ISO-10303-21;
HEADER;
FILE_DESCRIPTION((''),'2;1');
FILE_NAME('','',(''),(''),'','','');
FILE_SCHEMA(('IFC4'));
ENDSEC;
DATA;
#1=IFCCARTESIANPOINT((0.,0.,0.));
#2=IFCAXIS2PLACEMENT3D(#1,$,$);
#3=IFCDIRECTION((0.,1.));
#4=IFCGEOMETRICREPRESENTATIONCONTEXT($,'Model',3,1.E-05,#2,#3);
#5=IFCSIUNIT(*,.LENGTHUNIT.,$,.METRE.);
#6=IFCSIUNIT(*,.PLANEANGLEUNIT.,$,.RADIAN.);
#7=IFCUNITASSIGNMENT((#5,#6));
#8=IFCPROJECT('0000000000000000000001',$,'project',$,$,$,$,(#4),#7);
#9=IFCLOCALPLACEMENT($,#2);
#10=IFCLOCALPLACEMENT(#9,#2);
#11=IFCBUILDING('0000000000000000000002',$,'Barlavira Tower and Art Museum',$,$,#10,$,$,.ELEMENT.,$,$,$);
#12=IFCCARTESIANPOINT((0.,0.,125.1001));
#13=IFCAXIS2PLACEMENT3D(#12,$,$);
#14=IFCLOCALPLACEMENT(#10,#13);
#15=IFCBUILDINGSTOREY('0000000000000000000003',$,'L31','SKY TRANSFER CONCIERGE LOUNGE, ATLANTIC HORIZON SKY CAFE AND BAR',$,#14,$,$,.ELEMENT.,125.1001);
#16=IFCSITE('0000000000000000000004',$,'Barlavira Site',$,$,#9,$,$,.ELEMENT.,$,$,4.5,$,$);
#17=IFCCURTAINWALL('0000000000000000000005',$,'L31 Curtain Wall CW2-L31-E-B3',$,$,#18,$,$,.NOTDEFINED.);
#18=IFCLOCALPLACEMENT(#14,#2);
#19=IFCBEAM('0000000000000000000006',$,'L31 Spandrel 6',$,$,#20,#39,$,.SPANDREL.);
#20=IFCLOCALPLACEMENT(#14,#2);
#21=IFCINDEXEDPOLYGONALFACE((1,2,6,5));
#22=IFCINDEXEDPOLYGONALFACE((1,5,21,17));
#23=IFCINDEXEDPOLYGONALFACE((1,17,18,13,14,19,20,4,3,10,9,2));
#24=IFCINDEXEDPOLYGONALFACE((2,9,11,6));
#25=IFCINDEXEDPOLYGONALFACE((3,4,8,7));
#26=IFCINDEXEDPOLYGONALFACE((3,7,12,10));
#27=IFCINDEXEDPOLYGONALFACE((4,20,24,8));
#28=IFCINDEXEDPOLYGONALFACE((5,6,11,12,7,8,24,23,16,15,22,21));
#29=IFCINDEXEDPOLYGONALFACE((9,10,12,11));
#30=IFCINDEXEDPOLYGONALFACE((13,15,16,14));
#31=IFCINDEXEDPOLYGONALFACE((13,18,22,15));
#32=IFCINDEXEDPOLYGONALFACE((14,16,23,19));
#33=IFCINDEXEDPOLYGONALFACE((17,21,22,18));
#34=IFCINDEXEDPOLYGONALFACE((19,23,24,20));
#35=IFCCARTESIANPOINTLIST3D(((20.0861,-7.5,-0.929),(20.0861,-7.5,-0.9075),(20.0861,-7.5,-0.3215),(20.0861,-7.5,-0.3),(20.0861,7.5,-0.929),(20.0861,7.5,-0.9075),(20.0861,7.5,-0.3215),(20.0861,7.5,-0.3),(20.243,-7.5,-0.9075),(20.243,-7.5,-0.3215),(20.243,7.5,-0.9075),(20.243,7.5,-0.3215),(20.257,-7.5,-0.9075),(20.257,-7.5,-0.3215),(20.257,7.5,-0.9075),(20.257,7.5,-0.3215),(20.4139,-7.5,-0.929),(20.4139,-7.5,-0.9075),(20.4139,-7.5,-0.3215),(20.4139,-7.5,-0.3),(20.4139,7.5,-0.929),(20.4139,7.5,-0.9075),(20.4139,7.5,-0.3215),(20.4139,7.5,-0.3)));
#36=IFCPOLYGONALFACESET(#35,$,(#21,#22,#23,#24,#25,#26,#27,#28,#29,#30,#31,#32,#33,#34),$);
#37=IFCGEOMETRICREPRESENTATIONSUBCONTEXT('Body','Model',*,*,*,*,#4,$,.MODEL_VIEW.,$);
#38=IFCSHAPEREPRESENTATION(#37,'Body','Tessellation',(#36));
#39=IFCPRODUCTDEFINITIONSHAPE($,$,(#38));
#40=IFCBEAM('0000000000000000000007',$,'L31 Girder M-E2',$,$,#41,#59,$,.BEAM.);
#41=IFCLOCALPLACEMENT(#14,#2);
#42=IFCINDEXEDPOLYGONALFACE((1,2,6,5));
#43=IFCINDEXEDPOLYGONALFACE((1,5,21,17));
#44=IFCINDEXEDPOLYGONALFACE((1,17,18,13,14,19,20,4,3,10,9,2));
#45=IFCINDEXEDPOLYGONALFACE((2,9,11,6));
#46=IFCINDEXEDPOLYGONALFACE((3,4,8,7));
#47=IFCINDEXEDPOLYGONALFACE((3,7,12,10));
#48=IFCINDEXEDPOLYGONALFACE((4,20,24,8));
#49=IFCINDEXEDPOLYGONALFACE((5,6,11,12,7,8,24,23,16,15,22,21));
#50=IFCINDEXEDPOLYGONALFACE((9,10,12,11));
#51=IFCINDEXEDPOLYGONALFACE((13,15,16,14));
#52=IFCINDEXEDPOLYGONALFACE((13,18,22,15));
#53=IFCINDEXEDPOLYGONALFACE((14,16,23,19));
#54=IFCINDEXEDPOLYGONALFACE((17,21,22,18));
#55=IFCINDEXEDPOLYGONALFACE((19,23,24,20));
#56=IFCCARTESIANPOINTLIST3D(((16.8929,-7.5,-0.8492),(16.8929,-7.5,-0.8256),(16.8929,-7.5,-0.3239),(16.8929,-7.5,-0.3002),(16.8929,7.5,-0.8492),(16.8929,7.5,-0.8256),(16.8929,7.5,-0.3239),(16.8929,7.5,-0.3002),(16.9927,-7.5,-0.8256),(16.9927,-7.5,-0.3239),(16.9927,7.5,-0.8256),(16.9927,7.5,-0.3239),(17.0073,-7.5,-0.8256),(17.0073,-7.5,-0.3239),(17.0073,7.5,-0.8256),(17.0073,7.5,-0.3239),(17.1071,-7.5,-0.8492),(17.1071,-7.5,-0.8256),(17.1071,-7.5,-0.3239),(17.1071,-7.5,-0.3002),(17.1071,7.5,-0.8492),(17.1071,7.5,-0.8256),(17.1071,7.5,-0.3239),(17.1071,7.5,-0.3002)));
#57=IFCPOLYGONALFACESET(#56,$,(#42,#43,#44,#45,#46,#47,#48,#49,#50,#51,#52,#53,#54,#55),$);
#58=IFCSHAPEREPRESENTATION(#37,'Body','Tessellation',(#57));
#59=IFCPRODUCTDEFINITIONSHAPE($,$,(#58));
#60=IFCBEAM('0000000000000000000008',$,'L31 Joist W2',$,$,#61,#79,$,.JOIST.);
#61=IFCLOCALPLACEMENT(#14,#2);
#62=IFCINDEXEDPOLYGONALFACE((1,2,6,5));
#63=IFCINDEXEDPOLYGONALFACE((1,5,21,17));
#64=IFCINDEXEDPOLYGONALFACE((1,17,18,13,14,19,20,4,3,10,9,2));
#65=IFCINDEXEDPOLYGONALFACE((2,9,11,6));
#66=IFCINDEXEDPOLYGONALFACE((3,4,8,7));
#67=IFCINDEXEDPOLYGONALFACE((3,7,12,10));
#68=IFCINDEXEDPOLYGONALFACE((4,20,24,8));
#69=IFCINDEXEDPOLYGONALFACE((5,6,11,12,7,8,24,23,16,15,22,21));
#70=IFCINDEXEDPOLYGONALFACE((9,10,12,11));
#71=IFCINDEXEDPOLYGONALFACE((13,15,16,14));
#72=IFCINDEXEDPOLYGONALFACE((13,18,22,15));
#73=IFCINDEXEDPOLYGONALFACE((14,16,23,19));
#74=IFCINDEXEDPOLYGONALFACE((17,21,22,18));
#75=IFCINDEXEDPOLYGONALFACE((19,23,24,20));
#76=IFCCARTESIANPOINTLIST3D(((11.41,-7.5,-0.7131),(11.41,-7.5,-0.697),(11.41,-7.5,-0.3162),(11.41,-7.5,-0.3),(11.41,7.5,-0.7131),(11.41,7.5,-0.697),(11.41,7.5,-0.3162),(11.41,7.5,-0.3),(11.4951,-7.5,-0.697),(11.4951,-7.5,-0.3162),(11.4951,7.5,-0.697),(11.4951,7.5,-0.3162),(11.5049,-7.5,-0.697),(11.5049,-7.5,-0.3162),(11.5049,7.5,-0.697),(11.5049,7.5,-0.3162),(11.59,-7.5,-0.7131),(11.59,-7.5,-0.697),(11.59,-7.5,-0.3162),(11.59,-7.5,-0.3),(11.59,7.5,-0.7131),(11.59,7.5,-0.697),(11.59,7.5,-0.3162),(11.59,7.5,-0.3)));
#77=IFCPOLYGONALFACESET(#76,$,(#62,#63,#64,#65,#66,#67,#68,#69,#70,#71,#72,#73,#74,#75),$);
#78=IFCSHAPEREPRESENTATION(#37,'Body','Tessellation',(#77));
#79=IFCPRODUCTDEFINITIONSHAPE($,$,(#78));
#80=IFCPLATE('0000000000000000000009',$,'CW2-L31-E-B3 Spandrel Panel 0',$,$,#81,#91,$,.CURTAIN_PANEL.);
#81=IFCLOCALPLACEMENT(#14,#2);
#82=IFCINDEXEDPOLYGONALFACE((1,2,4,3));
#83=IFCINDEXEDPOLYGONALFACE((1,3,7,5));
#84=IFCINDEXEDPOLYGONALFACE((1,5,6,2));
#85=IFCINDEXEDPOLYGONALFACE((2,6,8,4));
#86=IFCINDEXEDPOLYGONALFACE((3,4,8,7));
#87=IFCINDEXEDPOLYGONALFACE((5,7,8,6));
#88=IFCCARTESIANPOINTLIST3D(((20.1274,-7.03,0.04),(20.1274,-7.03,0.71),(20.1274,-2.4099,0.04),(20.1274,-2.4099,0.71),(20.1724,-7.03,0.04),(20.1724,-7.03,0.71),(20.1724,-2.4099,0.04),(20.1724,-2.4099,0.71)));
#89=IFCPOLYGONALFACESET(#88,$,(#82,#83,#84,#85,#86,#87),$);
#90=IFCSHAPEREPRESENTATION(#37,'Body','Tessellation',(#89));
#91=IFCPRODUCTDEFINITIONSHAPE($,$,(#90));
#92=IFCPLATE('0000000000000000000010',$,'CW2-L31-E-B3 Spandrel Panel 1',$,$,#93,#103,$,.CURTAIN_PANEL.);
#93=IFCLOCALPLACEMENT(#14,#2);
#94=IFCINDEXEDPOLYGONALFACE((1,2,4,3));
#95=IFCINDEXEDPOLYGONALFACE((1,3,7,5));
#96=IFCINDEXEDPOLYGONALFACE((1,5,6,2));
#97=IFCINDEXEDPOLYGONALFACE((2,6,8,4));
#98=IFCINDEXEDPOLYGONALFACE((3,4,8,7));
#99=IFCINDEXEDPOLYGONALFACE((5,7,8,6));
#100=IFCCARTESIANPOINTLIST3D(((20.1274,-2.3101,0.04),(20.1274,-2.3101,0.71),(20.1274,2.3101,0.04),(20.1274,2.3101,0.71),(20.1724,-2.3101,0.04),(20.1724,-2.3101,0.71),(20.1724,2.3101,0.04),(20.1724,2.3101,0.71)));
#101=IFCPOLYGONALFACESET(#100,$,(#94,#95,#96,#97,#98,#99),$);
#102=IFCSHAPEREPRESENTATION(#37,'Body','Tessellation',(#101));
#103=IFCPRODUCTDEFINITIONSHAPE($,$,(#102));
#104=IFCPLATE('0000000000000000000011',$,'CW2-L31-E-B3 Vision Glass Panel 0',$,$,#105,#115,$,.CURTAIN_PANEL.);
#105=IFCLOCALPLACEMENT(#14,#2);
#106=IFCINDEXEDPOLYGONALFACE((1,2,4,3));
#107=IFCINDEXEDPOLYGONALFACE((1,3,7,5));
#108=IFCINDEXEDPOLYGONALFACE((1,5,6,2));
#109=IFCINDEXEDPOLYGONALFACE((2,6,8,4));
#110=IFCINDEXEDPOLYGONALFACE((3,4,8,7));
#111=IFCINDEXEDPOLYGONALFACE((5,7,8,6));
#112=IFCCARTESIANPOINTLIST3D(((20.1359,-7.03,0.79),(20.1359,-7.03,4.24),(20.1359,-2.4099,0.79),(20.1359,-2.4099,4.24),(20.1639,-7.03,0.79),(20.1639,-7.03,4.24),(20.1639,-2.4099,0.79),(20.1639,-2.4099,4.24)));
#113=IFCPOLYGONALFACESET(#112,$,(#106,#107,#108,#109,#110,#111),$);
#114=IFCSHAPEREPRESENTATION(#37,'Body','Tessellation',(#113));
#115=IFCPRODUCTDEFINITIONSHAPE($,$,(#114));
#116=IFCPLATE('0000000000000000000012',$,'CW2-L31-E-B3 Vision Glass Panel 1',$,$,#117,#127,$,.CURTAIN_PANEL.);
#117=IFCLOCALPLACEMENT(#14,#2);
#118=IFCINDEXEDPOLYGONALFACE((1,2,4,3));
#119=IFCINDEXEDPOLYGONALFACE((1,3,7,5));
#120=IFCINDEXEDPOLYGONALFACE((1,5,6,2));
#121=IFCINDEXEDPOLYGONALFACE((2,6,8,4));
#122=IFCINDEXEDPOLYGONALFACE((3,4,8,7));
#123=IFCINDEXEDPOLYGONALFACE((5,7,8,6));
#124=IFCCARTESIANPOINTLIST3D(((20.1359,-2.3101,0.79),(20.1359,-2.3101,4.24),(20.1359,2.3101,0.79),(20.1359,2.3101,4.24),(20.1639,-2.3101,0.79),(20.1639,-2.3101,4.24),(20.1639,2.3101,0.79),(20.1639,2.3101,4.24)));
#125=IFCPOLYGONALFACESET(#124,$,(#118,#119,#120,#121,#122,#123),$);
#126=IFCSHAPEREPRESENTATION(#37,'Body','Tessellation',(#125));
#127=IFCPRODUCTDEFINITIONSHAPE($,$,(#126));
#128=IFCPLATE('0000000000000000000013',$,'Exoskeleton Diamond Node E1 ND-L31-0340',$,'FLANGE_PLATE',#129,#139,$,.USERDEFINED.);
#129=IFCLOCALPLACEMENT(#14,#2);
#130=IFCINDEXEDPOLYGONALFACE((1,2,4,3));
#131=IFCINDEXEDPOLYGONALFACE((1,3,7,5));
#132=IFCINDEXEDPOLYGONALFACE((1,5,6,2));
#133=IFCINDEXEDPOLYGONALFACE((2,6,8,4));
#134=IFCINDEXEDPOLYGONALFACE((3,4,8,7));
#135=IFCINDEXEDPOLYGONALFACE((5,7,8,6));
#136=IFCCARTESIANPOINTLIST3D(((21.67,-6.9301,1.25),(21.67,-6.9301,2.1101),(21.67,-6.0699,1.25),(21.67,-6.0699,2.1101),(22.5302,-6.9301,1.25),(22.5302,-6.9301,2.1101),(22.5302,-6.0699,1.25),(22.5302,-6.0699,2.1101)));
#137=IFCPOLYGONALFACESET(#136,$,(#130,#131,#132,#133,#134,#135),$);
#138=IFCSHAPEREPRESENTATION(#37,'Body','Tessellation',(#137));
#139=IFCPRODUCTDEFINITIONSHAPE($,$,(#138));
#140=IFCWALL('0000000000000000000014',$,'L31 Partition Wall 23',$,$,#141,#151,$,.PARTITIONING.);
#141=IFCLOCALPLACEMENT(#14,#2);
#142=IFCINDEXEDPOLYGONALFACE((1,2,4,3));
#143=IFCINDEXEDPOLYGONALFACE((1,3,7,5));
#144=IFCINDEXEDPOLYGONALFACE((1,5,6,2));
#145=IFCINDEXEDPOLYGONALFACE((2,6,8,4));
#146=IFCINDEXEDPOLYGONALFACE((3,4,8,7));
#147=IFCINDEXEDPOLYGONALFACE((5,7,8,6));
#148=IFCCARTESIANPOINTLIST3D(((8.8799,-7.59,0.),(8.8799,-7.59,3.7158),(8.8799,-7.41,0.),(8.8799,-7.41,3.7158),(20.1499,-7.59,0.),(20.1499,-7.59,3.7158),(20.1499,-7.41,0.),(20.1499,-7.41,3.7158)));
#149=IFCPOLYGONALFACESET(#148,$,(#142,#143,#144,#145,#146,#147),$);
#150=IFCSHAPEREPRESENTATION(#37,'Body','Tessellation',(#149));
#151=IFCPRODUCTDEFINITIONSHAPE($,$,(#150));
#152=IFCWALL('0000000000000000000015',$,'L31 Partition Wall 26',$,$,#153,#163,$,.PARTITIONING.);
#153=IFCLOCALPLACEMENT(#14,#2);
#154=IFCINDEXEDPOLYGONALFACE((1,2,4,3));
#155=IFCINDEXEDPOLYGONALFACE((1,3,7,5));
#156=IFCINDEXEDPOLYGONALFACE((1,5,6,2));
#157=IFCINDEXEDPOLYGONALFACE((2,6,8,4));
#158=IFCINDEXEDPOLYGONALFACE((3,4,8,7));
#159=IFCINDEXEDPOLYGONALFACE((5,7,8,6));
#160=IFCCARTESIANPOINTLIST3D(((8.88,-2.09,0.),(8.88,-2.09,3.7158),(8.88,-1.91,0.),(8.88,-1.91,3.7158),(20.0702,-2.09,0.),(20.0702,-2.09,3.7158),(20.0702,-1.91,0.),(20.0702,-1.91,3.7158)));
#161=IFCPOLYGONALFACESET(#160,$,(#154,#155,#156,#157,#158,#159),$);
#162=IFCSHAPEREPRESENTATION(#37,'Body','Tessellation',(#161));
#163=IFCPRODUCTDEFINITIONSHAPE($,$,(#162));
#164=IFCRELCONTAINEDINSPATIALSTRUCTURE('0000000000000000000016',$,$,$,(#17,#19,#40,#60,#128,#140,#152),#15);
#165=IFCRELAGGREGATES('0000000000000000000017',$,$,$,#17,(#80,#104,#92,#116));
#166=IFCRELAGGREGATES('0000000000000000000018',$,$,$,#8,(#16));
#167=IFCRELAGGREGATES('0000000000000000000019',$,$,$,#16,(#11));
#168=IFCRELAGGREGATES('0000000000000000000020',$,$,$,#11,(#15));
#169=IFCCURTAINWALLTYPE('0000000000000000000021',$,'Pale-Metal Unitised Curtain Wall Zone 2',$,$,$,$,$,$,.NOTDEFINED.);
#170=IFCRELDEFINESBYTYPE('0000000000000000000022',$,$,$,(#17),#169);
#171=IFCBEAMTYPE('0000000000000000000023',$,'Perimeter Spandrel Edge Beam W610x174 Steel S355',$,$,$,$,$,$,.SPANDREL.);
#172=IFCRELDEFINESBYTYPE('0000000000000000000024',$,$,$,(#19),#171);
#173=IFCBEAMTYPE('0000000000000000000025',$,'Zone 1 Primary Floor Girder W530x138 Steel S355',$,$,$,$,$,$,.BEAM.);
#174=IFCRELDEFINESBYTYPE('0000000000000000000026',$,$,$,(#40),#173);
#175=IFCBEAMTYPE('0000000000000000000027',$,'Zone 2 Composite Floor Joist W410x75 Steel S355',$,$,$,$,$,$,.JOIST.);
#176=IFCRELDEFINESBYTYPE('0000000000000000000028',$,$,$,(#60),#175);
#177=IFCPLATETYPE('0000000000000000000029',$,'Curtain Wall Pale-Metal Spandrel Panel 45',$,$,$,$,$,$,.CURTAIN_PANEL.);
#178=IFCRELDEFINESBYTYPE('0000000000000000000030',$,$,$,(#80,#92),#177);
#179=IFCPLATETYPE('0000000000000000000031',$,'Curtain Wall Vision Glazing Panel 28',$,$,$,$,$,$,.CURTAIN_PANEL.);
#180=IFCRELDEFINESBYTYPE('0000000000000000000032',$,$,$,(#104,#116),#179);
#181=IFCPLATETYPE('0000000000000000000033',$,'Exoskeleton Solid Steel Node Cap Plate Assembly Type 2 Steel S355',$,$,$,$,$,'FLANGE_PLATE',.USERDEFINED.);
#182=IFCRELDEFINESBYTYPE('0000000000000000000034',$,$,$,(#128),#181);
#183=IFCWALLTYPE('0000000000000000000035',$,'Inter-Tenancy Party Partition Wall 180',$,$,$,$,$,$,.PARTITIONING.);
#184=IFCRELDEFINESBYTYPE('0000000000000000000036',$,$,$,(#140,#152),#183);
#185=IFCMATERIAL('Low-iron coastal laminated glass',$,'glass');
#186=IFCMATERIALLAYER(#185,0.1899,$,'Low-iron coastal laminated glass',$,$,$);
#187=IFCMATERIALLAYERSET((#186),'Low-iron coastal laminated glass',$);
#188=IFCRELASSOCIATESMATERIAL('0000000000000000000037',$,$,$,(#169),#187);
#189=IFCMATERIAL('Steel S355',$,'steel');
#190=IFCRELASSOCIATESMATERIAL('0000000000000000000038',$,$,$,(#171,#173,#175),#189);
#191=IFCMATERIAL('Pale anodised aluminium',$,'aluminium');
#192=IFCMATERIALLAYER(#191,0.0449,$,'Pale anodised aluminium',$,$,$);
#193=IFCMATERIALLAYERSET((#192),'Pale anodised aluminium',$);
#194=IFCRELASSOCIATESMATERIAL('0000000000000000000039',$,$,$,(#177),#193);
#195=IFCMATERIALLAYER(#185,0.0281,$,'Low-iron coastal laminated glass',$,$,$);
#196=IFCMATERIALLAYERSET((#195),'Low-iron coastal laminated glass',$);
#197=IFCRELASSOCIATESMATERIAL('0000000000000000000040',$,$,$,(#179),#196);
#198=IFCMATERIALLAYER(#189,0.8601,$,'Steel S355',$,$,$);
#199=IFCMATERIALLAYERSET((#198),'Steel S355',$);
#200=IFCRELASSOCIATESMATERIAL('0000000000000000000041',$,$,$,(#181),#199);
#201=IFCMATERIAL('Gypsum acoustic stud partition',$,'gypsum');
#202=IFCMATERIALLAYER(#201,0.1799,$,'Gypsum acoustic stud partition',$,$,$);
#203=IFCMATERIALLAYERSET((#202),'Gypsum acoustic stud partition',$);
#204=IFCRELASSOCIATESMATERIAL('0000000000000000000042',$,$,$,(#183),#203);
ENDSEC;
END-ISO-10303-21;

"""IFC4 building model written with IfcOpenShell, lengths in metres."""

from ifc_helpers import new_model, si_unit, direction, frame, frame_2d, origin, origin_2d, place, context, subcontext, project, spatial, rectangle, i_section, extrude, material, layer, layer_set, material_profile, profile_set, type_object, element, aggregate, save


model = new_model("IFC4")

# Units and contexts
model_context = context("Model", 3, precision=1e-05, world=origin(), true_north=direction((0.0, 1.0)))
body_context = subcontext(model_context, "Body", "Model", "MODEL_VIEW")
ifc_project = project(units=[si_unit("LENGTHUNIT", "METRE"), si_unit("PLANEANGLEUNIT", "RADIAN")], contexts=[model_context])

# Site, building, storey
site_placement = place(None, origin())
site = spatial("IfcSite", under=ifc_project, at=site_placement, Name="Barlavira Site", CompositionType="ELEMENT", RefElevation=4.5)
building_placement = place(site_placement, origin())
building = spatial("IfcBuilding", under=site, at=building_placement, Name="Barlavira Tower and Art Museum", CompositionType="ELEMENT")
storey_placement = place(building_placement, frame((0.0, 0.0, 125.1001)))
storey = spatial("IfcBuildingStorey", under=building, at=storey_placement, Name="L31", Description="SKY TRANSFER CONCIERGE LOUNGE, ATLANTIC HORIZON SKY CAFE AND BAR", CompositionType="ELEMENT", Elevation=125.1001)

# Curtain wall
ifc_material_1 = material(Name="Low-iron coastal laminated glass", Category="glass")
ifc_layer_1 = layer(ifc_material_1, 0.1899, Name="Low-iron coastal laminated glass")
ifc_layer_set_1 = layer_set([ifc_layer_1], Name="Low-iron coastal laminated glass")
curtain_wall_type = type_object("IfcCurtainWallType", Name="Pale-Metal Unitised Curtain Wall Zone 2", PredefinedType="NOTDEFINED", material=ifc_layer_set_1)
curtain_wall_placement = place(storey_placement, origin())
curtain_wall = element("IfcCurtainWall", 1, at=curtain_wall_placement, inside=storey, type_object=curtain_wall_type, Name="L31 Curtain Wall CW2-L31-E-B3", PredefinedType="NOTDEFINED")
ifc_material_2 = material(Name="Pale anodised aluminium", Category="aluminium")

# Beams
ifc_material_3 = material(Name="Steel S355", Category="steel")
ifc_material_profile_1 = material_profile(ifc_material_3, i_section(OverallWidth=0.3279, OverallDepth=0.6289, WebThickness=0.0139, FlangeThickness=0.0215, at=origin_2d()), Name="W610x174.0")
ifc_profile_set_1 = profile_set([ifc_material_profile_1], Name="Steel S355")
beam_type_1 = type_object("IfcBeamType", Name="Perimeter Spandrel Edge Beam W610x174 Steel S355", PredefinedType="SPANDREL", material=ifc_profile_set_1)
beam_1_placement = place(storey_placement, frame((20.25, -7.5, -0.6145), z_axis=(0.0, 1.0, 0.0), x_axis=(-1.0, 0.0, 0.0)))
element("IfcBeam", 2, at=beam_1_placement, inside=storey, type_object=beam_type_1, Name="L31 Spandrel 6", PredefinedType="SPANDREL", context=body_context, shape_type="SweptSolid", body=[
    extrude(i_section(OverallWidth=0.3279, OverallDepth=0.6289, WebThickness=0.0139, FlangeThickness=0.0215, at=origin_2d()), origin(), (0.0, 0.0, 1.0), 15.0),
])
ifc_material_profile_2 = material_profile(ifc_material_3, i_section(OverallWidth=0.2141, OverallDepth=0.5491, WebThickness=0.0146, FlangeThickness=0.0237, at=origin_2d()), Name="W530x138.0")
ifc_profile_set_2 = profile_set([ifc_material_profile_2], Name="Steel S355")
beam_type_2 = type_object("IfcBeamType", Name="Zone 1 Primary Floor Girder W530x138 Steel S355", PredefinedType="BEAM", material=ifc_profile_set_2)
beam_2_placement = place(storey_placement, frame((17.0, -7.5, -0.5747), z_axis=(0.0, 1.0, 0.0), x_axis=(-1.0, 0.0, 0.0)))
element("IfcBeam", 3, at=beam_2_placement, inside=storey, type_object=beam_type_2, Name="L31 Girder M-E2", PredefinedType="BEAM", context=body_context, shape_type="SweptSolid", body=[
    extrude(i_section(OverallWidth=0.2141, OverallDepth=0.5491, WebThickness=0.0146, FlangeThickness=0.0237, at=origin_2d()), origin(), (0.0, 0.0, 1.0), 15.0),
])
ifc_material_profile_3 = material_profile(ifc_material_3, i_section(OverallWidth=0.1799, OverallDepth=0.4131, WebThickness=0.0098, FlangeThickness=0.0161, at=origin_2d()), Name="W410x75.0")
ifc_profile_set_3 = profile_set([ifc_material_profile_3], Name="Steel S355")
beam_type_3 = type_object("IfcBeamType", Name="Zone 2 Composite Floor Joist W410x75 Steel S355", PredefinedType="JOIST", material=ifc_profile_set_3)
beam_3_placement = place(storey_placement, frame((11.5, -7.5, -0.5066), z_axis=(0.0, 1.0, 0.0), x_axis=(-1.0, 0.0, 0.0)))
element("IfcBeam", 4, at=beam_3_placement, inside=storey, type_object=beam_type_3, Name="L31 Joist W2", PredefinedType="JOIST", context=body_context, shape_type="SweptSolid", body=[
    extrude(i_section(OverallWidth=0.1799, OverallDepth=0.4131, WebThickness=0.0098, FlangeThickness=0.0161, at=origin_2d()), origin(), (0.0, 0.0, 1.0), 15.0),
])

# Plates
ifc_layer_2 = layer(ifc_material_2, 0.0449, Name="Pale anodised aluminium")
ifc_layer_set_2 = layer_set([ifc_layer_2], Name="Pale anodised aluminium")
plate_type_1 = type_object("IfcPlateType", Name="Curtain Wall Pale-Metal Spandrel Panel 45", PredefinedType="CURTAIN_PANEL", material=ifc_layer_set_2)
plate_1_placement = place(storey_placement, frame((20.1499, -4.72, 0.04), z_axis=(0.0, 0.0, 1.0), x_axis=(0.0, 1.0, 0.0)))
plate_1 = element("IfcPlate", 5, at=plate_1_placement, type_object=plate_type_1, Name="CW2-L31-E-B3 Spandrel Panel 0", PredefinedType="CURTAIN_PANEL", context=body_context, shape_type="SweptSolid", body=[
    extrude(rectangle(XDim=4.6201, YDim=0.0449, at=origin_2d()), origin(), (0.0, 0.0, 1.0), 0.6699),
])
plate_2_placement = place(storey_placement, frame((20.1499, 0.0, 0.04), z_axis=(0.0, 0.0, 1.0), x_axis=(0.0, 1.0, 0.0)))
plate_2 = element("IfcPlate", 6, at=plate_2_placement, type_object=plate_type_1, Name="CW2-L31-E-B3 Spandrel Panel 1", PredefinedType="CURTAIN_PANEL", context=body_context, shape_type="SweptSolid", body=[
    extrude(rectangle(XDim=4.6201, YDim=0.0449, at=origin_2d()), origin(), (0.0, 0.0, 1.0), 0.6699),
])
ifc_layer_3 = layer(ifc_material_1, 0.0281, Name="Low-iron coastal laminated glass")
ifc_layer_set_3 = layer_set([ifc_layer_3], Name="Low-iron coastal laminated glass")
plate_type_2 = type_object("IfcPlateType", Name="Curtain Wall Vision Glazing Panel 28", PredefinedType="CURTAIN_PANEL", material=ifc_layer_set_3)
plate_3_placement = place(storey_placement, frame((20.1499, -4.72, 0.79), z_axis=(0.0, 0.0, 1.0), x_axis=(0.0, 1.0, 0.0)))
plate_3 = element("IfcPlate", 7, at=plate_3_placement, type_object=plate_type_2, Name="CW2-L31-E-B3 Vision Glass Panel 0", PredefinedType="CURTAIN_PANEL", context=body_context, shape_type="SweptSolid", body=[
    extrude(rectangle(XDim=4.6201, YDim=0.0281, at=origin_2d()), origin(), (0.0, 0.0, 1.0), 3.45),
])
plate_4_placement = place(storey_placement, frame((20.1499, 0.0, 0.79), z_axis=(0.0, 0.0, 1.0), x_axis=(0.0, 1.0, 0.0)))
plate_4 = element("IfcPlate", 8, at=plate_4_placement, type_object=plate_type_2, Name="CW2-L31-E-B3 Vision Glass Panel 1", PredefinedType="CURTAIN_PANEL", context=body_context, shape_type="SweptSolid", body=[
    extrude(rectangle(XDim=4.6201, YDim=0.0281, at=origin_2d()), origin(), (0.0, 0.0, 1.0), 3.45),
])
aggregate(curtain_wall, [plate_1, plate_3, plate_2, plate_4])
ifc_layer_4 = layer(ifc_material_3, 0.8601, Name="Steel S355")
ifc_layer_set_4 = layer_set([ifc_layer_4], Name="Steel S355")
plate_type_3 = type_object("IfcPlateType", Name="Exoskeleton Solid Steel Node Cap Plate Assembly Type 2 Steel S355", ElementType="FLANGE_PLATE", PredefinedType="USERDEFINED", material=ifc_layer_set_4)
plate_5_placement = place(storey_placement, frame((22.1001, -6.5, 1.25), z_axis=(0.0, 0.0, 1.0), x_axis=(1.0, 0.0, 0.0)))
element("IfcPlate", 9, at=plate_5_placement, inside=storey, type_object=plate_type_3, Name="Exoskeleton Diamond Node E1 ND-L31-0340", ObjectType="FLANGE_PLATE", PredefinedType="USERDEFINED", context=body_context, shape_type="SweptSolid", body=[
    extrude(rectangle(XDim=0.8601, YDim=0.8601, at=origin_2d()), origin(), (0.0, 0.0, 1.0), 0.8601),
])

# Walls
ifc_material_4 = material(Name="Gypsum acoustic stud partition", Category="gypsum")
ifc_layer_5 = layer(ifc_material_4, 0.1799, Name="Gypsum acoustic stud partition")
ifc_layer_set_5 = layer_set([ifc_layer_5], Name="Gypsum acoustic stud partition")
wall_type = type_object("IfcWallType", Name="Inter-Tenancy Party Partition Wall 180", PredefinedType="PARTITIONING", material=ifc_layer_set_5)
wall_1_placement = place(storey_placement, frame((8.8799, -7.5, 0.0), z_axis=(0.0, 0.0, 1.0), x_axis=(1.0, 0.0, 0.0)))
element("IfcWall", 10, at=wall_1_placement, inside=storey, type_object=wall_type, Name="L31 Partition Wall 23", PredefinedType="PARTITIONING", context=body_context, shape_type="SweptSolid", body=[
    extrude(rectangle(XDim=11.27, YDim=0.1799, at=frame_2d((5.635, 0.0))), origin(), (0.0, 0.0, 1.0), 3.7158),
])
wall_2_placement = place(storey_placement, frame((8.8799, -2.0, 0.0), z_axis=(0.0, 0.0, 1.0), x_axis=(1.0, 0.0, 0.0)))
element("IfcWall", 11, at=wall_2_placement, inside=storey, type_object=wall_type, Name="L31 Partition Wall 26", PredefinedType="PARTITIONING", context=body_context, shape_type="SweptSolid", body=[
    extrude(rectangle(XDim=11.1902, YDim=0.1799, at=frame_2d((5.5952, 0.0))), origin(), (0.0, 0.0, 1.0), 3.7158),
])

save(model, "model.ifc")
